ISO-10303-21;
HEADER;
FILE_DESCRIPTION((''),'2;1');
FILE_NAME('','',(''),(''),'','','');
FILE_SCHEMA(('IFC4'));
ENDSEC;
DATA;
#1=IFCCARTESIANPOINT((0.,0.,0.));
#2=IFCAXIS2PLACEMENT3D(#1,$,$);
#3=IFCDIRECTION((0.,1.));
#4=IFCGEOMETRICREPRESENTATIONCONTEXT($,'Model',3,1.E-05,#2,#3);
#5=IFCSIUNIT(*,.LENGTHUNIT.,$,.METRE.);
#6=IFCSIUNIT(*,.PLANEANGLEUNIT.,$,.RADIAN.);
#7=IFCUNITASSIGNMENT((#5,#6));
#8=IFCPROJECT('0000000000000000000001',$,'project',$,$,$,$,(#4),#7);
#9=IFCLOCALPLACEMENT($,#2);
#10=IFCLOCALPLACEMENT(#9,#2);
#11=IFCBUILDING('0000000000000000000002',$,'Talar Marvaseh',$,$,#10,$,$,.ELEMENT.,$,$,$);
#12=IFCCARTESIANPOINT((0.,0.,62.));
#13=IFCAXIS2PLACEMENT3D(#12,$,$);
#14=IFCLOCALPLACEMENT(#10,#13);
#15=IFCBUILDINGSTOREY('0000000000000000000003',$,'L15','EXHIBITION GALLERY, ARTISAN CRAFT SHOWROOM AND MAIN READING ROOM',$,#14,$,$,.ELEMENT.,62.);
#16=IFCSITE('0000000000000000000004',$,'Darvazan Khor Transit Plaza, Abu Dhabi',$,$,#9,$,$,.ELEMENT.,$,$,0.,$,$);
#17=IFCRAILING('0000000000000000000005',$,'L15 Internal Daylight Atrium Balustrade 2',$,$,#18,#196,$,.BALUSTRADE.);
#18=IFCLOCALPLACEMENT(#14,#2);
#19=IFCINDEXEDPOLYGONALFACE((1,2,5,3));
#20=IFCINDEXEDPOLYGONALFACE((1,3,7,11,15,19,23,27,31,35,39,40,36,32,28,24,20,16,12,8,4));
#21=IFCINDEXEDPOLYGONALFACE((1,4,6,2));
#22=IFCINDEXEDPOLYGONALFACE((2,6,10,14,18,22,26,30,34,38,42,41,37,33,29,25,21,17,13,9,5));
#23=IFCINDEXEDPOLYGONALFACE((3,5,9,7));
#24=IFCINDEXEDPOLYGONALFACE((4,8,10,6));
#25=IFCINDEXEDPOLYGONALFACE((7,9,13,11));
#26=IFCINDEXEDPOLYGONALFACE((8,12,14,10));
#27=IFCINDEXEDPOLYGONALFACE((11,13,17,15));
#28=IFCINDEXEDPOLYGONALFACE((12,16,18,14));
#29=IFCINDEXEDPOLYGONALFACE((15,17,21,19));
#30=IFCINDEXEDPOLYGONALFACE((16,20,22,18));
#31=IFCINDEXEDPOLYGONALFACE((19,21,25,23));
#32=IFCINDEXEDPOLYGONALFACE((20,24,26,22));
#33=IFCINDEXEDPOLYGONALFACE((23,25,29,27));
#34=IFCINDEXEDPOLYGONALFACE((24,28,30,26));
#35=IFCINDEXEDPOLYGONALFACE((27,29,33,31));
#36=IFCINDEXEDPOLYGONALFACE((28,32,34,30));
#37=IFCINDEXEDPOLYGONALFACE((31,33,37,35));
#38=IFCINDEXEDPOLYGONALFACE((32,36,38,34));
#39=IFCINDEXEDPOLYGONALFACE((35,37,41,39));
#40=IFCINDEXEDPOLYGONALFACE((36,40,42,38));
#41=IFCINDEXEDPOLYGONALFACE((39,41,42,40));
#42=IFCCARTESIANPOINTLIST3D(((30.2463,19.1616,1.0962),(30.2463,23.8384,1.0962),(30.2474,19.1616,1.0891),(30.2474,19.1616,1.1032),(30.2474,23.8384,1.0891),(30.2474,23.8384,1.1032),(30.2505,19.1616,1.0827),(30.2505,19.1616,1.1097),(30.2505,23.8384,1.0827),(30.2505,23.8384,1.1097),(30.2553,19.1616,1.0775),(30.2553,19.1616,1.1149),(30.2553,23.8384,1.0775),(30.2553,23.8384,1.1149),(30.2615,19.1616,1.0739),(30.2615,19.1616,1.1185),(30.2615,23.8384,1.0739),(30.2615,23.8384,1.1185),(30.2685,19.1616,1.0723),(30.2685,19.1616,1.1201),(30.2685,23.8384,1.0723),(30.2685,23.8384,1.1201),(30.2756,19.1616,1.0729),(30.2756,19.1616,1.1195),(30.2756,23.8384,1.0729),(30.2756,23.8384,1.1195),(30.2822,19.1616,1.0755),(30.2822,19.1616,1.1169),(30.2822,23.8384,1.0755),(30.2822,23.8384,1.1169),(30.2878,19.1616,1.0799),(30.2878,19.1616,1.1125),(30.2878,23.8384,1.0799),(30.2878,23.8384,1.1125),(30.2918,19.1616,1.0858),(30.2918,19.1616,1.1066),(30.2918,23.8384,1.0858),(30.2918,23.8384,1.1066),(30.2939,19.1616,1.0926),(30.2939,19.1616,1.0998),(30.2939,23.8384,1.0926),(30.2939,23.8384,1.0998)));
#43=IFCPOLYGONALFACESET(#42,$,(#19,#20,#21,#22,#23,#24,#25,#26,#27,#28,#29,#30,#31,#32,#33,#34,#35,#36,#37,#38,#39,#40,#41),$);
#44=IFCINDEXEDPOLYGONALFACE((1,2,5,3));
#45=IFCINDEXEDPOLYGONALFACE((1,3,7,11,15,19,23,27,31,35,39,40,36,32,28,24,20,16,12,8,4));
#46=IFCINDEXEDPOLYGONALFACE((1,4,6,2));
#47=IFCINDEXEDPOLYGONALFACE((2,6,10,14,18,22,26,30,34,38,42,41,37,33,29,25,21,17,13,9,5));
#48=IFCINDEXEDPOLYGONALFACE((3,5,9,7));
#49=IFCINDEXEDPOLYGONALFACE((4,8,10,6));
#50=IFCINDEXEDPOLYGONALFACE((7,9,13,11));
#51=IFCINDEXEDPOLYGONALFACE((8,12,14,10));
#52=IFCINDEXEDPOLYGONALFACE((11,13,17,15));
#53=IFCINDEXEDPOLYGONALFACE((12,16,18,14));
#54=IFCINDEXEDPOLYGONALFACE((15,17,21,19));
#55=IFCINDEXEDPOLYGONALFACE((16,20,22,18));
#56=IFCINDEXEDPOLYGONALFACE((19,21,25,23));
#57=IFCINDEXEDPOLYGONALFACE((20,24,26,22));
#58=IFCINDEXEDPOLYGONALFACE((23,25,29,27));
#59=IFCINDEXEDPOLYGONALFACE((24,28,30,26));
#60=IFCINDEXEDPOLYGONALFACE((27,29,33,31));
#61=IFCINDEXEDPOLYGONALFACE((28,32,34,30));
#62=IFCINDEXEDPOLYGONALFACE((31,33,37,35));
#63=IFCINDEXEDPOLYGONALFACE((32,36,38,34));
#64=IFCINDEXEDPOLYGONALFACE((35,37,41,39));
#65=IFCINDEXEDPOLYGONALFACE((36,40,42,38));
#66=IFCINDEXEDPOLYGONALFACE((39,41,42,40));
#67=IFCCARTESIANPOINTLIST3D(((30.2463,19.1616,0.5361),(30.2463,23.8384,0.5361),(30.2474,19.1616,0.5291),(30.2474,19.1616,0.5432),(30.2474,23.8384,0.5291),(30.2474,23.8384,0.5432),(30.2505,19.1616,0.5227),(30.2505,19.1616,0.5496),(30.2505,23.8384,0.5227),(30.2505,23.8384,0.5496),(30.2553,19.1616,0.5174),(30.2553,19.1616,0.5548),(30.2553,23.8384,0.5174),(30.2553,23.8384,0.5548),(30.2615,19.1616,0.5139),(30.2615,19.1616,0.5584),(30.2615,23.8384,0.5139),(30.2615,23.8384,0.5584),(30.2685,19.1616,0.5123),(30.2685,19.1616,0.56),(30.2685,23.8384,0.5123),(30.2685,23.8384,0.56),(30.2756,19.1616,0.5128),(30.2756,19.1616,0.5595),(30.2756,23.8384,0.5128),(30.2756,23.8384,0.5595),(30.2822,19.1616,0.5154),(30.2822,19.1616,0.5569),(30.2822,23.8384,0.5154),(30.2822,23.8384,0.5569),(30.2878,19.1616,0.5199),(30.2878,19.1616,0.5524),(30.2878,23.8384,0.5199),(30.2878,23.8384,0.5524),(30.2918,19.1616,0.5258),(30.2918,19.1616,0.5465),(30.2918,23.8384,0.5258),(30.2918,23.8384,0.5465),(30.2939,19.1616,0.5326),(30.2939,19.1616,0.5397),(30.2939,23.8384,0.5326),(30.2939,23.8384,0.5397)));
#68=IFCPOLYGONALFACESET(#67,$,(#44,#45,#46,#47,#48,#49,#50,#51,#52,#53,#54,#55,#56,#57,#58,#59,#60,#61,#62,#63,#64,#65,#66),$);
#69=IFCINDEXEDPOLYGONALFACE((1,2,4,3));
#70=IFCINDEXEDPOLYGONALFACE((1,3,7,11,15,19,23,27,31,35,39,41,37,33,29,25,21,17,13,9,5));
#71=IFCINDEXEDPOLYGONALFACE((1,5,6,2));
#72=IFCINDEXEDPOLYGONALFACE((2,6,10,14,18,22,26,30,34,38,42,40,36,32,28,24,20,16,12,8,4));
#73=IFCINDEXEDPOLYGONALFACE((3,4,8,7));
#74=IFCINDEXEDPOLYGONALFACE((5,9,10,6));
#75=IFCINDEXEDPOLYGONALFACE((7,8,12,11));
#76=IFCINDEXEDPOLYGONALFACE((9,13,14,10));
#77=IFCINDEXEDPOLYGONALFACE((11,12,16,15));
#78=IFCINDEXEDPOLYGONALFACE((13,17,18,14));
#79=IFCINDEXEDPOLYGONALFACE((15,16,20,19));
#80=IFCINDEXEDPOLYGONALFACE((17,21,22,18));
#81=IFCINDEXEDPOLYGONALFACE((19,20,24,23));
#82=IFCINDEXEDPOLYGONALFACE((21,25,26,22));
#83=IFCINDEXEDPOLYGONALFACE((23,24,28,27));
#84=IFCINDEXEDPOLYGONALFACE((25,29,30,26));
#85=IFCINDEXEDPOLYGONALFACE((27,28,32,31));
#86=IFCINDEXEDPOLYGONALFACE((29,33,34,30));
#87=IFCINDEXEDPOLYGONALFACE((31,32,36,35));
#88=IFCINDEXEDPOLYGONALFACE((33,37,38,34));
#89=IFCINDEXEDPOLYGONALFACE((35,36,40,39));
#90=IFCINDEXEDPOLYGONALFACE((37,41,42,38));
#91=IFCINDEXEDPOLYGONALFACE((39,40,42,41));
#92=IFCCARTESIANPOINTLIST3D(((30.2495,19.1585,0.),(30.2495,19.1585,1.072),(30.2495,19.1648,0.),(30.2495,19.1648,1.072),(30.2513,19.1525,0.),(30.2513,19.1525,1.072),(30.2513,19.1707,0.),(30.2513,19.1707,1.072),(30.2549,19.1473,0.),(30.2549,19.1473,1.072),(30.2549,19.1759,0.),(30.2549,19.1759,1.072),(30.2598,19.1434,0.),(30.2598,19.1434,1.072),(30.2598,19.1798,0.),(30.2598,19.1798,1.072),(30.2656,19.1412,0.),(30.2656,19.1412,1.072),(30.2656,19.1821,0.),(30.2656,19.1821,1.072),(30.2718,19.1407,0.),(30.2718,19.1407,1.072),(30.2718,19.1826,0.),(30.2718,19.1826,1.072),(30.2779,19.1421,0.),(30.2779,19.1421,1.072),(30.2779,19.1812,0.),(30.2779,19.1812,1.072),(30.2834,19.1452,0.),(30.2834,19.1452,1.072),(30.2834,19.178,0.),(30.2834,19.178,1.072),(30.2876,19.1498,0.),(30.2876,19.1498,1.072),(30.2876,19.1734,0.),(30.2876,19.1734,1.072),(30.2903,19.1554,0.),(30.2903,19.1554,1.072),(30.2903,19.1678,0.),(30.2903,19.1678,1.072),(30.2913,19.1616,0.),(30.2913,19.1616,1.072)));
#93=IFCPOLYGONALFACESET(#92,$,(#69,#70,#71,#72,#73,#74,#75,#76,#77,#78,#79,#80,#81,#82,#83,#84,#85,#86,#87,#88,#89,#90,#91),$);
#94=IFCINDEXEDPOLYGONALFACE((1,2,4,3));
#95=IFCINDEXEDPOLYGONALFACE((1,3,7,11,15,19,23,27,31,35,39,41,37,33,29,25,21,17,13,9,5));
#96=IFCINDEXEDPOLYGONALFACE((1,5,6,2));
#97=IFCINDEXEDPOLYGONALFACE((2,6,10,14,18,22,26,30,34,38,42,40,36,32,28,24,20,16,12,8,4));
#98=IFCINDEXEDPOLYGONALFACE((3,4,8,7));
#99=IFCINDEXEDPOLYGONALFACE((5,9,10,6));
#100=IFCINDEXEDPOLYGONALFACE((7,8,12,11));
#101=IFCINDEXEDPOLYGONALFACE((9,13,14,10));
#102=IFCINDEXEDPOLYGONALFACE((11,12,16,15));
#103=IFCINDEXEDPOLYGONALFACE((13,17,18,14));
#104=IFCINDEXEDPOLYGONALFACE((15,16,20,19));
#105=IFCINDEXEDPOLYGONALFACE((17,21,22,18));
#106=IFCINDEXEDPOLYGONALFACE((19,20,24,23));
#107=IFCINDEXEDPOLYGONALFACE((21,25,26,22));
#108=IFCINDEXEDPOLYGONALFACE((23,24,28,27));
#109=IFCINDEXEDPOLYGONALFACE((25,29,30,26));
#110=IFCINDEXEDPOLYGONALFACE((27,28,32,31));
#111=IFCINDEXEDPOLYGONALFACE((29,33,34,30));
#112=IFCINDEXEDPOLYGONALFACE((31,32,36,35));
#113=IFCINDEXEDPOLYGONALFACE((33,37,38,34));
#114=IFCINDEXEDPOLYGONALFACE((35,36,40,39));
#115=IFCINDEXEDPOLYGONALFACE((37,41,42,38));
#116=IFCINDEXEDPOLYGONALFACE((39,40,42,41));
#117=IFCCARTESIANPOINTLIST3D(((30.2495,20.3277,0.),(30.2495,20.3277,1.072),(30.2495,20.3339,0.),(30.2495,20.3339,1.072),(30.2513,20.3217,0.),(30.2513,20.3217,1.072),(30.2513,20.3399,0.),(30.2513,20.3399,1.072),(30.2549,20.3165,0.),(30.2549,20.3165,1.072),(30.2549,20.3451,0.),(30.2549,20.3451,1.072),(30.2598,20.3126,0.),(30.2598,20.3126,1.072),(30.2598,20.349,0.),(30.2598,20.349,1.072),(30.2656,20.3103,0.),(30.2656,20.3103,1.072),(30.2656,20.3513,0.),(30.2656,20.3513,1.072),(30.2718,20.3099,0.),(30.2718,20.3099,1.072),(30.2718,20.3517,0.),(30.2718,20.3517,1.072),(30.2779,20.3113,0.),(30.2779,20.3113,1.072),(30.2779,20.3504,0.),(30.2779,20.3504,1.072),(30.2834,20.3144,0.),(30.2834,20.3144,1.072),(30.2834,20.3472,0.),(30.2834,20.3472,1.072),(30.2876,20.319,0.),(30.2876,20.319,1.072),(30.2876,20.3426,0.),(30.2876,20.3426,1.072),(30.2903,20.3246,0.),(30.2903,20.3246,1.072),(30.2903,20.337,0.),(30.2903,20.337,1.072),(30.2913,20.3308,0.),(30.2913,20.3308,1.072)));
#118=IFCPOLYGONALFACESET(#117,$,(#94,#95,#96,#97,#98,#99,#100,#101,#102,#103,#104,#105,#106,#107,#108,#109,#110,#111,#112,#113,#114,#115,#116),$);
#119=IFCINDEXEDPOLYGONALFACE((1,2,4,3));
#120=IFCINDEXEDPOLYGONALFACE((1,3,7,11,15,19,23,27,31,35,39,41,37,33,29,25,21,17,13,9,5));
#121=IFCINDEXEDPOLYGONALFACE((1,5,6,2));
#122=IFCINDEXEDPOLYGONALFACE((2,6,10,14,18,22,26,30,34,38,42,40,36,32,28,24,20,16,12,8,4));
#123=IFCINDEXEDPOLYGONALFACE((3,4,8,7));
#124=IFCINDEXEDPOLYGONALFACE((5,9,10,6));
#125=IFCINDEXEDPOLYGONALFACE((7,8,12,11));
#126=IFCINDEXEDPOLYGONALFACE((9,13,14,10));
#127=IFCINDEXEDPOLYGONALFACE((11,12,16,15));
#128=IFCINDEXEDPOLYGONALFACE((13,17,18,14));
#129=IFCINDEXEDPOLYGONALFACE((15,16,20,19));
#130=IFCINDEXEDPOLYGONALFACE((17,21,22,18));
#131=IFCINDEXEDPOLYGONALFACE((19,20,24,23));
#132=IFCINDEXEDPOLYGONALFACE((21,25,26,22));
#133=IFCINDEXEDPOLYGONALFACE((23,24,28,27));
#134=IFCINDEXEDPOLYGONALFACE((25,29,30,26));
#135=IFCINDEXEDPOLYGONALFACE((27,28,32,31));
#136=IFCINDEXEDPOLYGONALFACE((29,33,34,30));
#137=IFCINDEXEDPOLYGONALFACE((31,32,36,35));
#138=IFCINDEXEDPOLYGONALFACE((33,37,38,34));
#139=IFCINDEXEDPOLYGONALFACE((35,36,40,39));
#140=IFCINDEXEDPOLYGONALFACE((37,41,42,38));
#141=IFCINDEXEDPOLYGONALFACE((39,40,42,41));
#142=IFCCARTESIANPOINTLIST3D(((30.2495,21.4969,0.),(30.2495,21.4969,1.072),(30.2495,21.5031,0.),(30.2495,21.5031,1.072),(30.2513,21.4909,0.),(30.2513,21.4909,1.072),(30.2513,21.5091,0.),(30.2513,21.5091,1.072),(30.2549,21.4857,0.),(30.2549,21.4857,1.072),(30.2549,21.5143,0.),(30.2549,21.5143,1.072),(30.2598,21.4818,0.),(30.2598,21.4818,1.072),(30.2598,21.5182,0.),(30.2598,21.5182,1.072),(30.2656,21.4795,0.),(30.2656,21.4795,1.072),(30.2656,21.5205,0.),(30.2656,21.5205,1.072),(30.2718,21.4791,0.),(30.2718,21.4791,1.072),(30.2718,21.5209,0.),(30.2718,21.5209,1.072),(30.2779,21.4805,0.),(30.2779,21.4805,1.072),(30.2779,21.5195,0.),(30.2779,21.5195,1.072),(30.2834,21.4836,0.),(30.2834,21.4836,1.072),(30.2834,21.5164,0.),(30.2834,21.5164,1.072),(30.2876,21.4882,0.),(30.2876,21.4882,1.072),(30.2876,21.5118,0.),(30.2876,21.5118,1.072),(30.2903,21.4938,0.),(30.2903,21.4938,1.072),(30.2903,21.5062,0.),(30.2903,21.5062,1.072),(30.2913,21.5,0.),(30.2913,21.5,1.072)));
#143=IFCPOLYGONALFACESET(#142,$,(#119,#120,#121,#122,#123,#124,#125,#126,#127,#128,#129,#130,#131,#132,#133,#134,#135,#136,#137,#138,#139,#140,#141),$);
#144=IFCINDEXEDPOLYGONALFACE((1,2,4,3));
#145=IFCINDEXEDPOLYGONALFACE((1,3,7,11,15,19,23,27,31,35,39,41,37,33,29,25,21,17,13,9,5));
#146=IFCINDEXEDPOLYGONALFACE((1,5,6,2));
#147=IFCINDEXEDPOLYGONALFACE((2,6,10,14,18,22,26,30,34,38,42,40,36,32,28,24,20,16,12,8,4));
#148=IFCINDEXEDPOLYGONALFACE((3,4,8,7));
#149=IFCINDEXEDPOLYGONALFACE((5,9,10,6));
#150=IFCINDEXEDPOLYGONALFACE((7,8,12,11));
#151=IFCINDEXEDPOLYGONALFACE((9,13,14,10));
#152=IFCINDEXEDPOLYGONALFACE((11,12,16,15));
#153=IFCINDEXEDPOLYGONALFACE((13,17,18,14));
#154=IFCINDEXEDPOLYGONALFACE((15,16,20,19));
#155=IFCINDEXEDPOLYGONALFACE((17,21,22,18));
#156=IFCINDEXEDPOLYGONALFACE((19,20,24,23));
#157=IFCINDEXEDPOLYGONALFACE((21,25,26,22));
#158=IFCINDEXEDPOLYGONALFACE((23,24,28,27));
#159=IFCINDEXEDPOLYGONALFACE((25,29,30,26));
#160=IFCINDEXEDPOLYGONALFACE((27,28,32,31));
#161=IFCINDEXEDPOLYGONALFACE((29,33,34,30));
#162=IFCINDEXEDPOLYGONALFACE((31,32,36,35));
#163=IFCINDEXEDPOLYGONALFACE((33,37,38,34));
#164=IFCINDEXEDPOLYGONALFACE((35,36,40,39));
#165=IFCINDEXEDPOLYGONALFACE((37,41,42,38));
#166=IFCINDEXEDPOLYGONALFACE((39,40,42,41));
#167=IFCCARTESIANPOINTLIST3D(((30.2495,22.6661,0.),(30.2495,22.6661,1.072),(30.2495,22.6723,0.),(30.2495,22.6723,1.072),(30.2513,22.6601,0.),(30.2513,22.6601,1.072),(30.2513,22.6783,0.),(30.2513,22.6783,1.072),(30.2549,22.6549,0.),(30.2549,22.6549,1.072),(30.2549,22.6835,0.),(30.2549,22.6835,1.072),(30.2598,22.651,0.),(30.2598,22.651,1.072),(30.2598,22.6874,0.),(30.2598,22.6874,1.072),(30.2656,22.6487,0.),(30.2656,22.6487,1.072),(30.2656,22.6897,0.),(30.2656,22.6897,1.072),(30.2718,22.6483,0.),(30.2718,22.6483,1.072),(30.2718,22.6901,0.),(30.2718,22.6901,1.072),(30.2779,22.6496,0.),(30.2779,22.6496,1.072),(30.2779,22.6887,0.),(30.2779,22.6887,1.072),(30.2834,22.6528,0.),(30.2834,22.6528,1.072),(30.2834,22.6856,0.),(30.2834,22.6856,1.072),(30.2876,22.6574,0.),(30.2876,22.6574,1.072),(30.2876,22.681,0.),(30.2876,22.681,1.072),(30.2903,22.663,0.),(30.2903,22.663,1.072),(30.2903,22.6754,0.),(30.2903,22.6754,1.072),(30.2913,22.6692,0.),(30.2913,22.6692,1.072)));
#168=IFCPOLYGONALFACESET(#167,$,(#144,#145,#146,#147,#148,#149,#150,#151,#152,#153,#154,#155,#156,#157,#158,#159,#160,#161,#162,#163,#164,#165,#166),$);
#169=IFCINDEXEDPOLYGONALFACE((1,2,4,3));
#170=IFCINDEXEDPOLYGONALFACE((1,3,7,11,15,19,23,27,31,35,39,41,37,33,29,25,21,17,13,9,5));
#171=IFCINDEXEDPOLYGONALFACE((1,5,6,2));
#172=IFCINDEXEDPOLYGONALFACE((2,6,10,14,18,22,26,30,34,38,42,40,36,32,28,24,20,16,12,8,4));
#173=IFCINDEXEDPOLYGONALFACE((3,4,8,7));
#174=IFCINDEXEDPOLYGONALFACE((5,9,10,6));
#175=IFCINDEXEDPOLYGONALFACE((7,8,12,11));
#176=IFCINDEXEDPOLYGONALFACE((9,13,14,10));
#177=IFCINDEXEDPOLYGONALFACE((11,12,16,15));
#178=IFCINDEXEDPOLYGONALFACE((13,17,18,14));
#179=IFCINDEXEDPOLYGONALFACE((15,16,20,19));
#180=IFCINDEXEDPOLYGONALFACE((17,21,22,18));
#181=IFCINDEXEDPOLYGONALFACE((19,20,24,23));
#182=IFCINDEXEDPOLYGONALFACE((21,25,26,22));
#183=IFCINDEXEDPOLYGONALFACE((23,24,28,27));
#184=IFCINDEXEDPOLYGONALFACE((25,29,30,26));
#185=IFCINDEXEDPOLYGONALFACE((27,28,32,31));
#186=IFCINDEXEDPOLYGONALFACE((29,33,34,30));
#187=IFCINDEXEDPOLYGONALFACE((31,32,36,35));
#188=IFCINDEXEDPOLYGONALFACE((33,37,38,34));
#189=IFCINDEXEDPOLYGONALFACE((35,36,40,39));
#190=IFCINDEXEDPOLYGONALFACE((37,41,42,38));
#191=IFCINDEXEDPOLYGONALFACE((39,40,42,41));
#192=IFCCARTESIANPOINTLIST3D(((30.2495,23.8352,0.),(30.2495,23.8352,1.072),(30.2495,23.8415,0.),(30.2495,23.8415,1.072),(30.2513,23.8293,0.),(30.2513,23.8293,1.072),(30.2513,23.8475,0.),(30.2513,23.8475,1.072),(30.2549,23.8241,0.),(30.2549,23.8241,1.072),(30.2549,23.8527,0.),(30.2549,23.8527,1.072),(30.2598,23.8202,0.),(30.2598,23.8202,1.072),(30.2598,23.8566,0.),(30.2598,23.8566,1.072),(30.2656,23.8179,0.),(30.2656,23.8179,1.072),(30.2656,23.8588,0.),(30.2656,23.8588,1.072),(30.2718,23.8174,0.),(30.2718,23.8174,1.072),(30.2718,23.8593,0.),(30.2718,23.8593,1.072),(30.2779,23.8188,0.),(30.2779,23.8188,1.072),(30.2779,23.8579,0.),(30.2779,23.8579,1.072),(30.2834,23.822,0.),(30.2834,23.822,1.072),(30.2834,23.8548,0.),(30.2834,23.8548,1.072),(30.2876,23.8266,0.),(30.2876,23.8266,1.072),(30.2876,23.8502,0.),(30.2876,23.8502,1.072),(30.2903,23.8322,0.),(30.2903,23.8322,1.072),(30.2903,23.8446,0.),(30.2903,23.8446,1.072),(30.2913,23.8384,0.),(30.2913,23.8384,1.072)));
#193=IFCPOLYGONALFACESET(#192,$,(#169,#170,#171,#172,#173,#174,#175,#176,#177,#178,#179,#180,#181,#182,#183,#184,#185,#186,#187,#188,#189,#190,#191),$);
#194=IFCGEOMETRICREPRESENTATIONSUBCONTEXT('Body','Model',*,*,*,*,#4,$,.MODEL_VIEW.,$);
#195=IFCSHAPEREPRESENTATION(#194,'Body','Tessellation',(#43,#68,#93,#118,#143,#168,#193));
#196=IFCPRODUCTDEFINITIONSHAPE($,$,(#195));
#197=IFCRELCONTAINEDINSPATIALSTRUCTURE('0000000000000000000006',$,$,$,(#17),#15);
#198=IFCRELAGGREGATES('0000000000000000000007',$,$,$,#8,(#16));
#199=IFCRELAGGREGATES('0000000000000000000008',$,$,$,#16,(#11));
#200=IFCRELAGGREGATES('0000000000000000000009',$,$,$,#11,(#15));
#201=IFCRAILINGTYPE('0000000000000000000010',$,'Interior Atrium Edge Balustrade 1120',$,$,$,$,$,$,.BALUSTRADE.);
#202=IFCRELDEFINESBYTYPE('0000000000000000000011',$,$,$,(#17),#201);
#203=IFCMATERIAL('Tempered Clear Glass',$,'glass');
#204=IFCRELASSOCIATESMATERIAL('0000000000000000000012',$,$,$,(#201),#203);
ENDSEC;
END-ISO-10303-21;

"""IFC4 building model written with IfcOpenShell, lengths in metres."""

from ifc_helpers import new_model, si_unit, direction, frame, origin, origin_2d, place, context, subcontext, project, spatial, circle, extrude, material, type_object, element, save


model = new_model("IFC4")

# Units and contexts
model_context = context("Model", 3, precision=1e-05, world=origin(), true_north=direction((0.0, 1.0)))
body_context = subcontext(model_context, "Body", "Model", "MODEL_VIEW")
ifc_project = project(units=[si_unit("LENGTHUNIT", "METRE"), si_unit("PLANEANGLEUNIT", "RADIAN")], contexts=[model_context])

# Site, building, storey
site_placement = place(None, origin())
site = spatial("IfcSite", under=ifc_project, at=site_placement, Name="Darvazan Khor Transit Plaza, Abu Dhabi", CompositionType="ELEMENT", RefElevation=0.0)
building_placement = place(site_placement, origin())
building = spatial("IfcBuilding", under=site, at=building_placement, Name="Talar Marvaseh", CompositionType="ELEMENT")
storey_placement = place(building_placement, frame((0.0, 0.0, 62.0)))
storey = spatial("IfcBuildingStorey", under=building, at=storey_placement, Name="L15", Description="EXHIBITION GALLERY, ARTISAN CRAFT SHOWROOM AND MAIN READING ROOM", CompositionType="ELEMENT", Elevation=62.0)

# Railing
ifc_material_1 = material(Name="Tempered Clear Glass", Category="glass")
railing_type_1 = type_object("IfcRailingType", Name="Interior Atrium Edge Balustrade 1120", PredefinedType="BALUSTRADE", material=ifc_material_1)
railing_1_placement = place(storey_placement, frame((30.2703, 19.1616, 0.0)))
element("IfcRailing", 1, at=railing_1_placement, inside=storey, type_object=railing_type_1, Name="L15 Internal Daylight Atrium Balustrade 2", PredefinedType="BALUSTRADE", context=body_context, shape_type="SweptSolid", body=[
    extrude(circle(Radius=0.0239, at=origin_2d()), frame((0.0, 0.0, 1.0962), z_axis=(0.0, 1.0, 0.0), x_axis=(-1.0, 0.0, 0.0)), (0.0, 0.0, 1.0), 4.6768),
    extrude(circle(Radius=0.0239, at=origin_2d()), frame((0.0, 0.0, 0.5361), z_axis=(0.0, 1.0, 0.0), x_axis=(-1.0, 0.0, 0.0)), (0.0, 0.0, 1.0), 4.6768),
    extrude(circle(Radius=0.021, at=origin_2d()), origin(), (0.0, 0.0, 1.0), 1.072),
    extrude(circle(Radius=0.021, at=origin_2d()), frame((0.0, 1.1692, 0.0)), (0.0, 0.0, 1.0), 1.072),
    extrude(circle(Radius=0.021, at=origin_2d()), frame((0.0, 2.3384, 0.0)), (0.0, 0.0, 1.0), 1.072),
    extrude(circle(Radius=0.021, at=origin_2d()), frame((0.0, 3.5076, 0.0)), (0.0, 0.0, 1.0), 1.072),
    extrude(circle(Radius=0.021, at=origin_2d()), frame((0.0, 4.6768, 0.0)), (0.0, 0.0, 1.0), 1.072),
])

save(model, "model.ifc")
